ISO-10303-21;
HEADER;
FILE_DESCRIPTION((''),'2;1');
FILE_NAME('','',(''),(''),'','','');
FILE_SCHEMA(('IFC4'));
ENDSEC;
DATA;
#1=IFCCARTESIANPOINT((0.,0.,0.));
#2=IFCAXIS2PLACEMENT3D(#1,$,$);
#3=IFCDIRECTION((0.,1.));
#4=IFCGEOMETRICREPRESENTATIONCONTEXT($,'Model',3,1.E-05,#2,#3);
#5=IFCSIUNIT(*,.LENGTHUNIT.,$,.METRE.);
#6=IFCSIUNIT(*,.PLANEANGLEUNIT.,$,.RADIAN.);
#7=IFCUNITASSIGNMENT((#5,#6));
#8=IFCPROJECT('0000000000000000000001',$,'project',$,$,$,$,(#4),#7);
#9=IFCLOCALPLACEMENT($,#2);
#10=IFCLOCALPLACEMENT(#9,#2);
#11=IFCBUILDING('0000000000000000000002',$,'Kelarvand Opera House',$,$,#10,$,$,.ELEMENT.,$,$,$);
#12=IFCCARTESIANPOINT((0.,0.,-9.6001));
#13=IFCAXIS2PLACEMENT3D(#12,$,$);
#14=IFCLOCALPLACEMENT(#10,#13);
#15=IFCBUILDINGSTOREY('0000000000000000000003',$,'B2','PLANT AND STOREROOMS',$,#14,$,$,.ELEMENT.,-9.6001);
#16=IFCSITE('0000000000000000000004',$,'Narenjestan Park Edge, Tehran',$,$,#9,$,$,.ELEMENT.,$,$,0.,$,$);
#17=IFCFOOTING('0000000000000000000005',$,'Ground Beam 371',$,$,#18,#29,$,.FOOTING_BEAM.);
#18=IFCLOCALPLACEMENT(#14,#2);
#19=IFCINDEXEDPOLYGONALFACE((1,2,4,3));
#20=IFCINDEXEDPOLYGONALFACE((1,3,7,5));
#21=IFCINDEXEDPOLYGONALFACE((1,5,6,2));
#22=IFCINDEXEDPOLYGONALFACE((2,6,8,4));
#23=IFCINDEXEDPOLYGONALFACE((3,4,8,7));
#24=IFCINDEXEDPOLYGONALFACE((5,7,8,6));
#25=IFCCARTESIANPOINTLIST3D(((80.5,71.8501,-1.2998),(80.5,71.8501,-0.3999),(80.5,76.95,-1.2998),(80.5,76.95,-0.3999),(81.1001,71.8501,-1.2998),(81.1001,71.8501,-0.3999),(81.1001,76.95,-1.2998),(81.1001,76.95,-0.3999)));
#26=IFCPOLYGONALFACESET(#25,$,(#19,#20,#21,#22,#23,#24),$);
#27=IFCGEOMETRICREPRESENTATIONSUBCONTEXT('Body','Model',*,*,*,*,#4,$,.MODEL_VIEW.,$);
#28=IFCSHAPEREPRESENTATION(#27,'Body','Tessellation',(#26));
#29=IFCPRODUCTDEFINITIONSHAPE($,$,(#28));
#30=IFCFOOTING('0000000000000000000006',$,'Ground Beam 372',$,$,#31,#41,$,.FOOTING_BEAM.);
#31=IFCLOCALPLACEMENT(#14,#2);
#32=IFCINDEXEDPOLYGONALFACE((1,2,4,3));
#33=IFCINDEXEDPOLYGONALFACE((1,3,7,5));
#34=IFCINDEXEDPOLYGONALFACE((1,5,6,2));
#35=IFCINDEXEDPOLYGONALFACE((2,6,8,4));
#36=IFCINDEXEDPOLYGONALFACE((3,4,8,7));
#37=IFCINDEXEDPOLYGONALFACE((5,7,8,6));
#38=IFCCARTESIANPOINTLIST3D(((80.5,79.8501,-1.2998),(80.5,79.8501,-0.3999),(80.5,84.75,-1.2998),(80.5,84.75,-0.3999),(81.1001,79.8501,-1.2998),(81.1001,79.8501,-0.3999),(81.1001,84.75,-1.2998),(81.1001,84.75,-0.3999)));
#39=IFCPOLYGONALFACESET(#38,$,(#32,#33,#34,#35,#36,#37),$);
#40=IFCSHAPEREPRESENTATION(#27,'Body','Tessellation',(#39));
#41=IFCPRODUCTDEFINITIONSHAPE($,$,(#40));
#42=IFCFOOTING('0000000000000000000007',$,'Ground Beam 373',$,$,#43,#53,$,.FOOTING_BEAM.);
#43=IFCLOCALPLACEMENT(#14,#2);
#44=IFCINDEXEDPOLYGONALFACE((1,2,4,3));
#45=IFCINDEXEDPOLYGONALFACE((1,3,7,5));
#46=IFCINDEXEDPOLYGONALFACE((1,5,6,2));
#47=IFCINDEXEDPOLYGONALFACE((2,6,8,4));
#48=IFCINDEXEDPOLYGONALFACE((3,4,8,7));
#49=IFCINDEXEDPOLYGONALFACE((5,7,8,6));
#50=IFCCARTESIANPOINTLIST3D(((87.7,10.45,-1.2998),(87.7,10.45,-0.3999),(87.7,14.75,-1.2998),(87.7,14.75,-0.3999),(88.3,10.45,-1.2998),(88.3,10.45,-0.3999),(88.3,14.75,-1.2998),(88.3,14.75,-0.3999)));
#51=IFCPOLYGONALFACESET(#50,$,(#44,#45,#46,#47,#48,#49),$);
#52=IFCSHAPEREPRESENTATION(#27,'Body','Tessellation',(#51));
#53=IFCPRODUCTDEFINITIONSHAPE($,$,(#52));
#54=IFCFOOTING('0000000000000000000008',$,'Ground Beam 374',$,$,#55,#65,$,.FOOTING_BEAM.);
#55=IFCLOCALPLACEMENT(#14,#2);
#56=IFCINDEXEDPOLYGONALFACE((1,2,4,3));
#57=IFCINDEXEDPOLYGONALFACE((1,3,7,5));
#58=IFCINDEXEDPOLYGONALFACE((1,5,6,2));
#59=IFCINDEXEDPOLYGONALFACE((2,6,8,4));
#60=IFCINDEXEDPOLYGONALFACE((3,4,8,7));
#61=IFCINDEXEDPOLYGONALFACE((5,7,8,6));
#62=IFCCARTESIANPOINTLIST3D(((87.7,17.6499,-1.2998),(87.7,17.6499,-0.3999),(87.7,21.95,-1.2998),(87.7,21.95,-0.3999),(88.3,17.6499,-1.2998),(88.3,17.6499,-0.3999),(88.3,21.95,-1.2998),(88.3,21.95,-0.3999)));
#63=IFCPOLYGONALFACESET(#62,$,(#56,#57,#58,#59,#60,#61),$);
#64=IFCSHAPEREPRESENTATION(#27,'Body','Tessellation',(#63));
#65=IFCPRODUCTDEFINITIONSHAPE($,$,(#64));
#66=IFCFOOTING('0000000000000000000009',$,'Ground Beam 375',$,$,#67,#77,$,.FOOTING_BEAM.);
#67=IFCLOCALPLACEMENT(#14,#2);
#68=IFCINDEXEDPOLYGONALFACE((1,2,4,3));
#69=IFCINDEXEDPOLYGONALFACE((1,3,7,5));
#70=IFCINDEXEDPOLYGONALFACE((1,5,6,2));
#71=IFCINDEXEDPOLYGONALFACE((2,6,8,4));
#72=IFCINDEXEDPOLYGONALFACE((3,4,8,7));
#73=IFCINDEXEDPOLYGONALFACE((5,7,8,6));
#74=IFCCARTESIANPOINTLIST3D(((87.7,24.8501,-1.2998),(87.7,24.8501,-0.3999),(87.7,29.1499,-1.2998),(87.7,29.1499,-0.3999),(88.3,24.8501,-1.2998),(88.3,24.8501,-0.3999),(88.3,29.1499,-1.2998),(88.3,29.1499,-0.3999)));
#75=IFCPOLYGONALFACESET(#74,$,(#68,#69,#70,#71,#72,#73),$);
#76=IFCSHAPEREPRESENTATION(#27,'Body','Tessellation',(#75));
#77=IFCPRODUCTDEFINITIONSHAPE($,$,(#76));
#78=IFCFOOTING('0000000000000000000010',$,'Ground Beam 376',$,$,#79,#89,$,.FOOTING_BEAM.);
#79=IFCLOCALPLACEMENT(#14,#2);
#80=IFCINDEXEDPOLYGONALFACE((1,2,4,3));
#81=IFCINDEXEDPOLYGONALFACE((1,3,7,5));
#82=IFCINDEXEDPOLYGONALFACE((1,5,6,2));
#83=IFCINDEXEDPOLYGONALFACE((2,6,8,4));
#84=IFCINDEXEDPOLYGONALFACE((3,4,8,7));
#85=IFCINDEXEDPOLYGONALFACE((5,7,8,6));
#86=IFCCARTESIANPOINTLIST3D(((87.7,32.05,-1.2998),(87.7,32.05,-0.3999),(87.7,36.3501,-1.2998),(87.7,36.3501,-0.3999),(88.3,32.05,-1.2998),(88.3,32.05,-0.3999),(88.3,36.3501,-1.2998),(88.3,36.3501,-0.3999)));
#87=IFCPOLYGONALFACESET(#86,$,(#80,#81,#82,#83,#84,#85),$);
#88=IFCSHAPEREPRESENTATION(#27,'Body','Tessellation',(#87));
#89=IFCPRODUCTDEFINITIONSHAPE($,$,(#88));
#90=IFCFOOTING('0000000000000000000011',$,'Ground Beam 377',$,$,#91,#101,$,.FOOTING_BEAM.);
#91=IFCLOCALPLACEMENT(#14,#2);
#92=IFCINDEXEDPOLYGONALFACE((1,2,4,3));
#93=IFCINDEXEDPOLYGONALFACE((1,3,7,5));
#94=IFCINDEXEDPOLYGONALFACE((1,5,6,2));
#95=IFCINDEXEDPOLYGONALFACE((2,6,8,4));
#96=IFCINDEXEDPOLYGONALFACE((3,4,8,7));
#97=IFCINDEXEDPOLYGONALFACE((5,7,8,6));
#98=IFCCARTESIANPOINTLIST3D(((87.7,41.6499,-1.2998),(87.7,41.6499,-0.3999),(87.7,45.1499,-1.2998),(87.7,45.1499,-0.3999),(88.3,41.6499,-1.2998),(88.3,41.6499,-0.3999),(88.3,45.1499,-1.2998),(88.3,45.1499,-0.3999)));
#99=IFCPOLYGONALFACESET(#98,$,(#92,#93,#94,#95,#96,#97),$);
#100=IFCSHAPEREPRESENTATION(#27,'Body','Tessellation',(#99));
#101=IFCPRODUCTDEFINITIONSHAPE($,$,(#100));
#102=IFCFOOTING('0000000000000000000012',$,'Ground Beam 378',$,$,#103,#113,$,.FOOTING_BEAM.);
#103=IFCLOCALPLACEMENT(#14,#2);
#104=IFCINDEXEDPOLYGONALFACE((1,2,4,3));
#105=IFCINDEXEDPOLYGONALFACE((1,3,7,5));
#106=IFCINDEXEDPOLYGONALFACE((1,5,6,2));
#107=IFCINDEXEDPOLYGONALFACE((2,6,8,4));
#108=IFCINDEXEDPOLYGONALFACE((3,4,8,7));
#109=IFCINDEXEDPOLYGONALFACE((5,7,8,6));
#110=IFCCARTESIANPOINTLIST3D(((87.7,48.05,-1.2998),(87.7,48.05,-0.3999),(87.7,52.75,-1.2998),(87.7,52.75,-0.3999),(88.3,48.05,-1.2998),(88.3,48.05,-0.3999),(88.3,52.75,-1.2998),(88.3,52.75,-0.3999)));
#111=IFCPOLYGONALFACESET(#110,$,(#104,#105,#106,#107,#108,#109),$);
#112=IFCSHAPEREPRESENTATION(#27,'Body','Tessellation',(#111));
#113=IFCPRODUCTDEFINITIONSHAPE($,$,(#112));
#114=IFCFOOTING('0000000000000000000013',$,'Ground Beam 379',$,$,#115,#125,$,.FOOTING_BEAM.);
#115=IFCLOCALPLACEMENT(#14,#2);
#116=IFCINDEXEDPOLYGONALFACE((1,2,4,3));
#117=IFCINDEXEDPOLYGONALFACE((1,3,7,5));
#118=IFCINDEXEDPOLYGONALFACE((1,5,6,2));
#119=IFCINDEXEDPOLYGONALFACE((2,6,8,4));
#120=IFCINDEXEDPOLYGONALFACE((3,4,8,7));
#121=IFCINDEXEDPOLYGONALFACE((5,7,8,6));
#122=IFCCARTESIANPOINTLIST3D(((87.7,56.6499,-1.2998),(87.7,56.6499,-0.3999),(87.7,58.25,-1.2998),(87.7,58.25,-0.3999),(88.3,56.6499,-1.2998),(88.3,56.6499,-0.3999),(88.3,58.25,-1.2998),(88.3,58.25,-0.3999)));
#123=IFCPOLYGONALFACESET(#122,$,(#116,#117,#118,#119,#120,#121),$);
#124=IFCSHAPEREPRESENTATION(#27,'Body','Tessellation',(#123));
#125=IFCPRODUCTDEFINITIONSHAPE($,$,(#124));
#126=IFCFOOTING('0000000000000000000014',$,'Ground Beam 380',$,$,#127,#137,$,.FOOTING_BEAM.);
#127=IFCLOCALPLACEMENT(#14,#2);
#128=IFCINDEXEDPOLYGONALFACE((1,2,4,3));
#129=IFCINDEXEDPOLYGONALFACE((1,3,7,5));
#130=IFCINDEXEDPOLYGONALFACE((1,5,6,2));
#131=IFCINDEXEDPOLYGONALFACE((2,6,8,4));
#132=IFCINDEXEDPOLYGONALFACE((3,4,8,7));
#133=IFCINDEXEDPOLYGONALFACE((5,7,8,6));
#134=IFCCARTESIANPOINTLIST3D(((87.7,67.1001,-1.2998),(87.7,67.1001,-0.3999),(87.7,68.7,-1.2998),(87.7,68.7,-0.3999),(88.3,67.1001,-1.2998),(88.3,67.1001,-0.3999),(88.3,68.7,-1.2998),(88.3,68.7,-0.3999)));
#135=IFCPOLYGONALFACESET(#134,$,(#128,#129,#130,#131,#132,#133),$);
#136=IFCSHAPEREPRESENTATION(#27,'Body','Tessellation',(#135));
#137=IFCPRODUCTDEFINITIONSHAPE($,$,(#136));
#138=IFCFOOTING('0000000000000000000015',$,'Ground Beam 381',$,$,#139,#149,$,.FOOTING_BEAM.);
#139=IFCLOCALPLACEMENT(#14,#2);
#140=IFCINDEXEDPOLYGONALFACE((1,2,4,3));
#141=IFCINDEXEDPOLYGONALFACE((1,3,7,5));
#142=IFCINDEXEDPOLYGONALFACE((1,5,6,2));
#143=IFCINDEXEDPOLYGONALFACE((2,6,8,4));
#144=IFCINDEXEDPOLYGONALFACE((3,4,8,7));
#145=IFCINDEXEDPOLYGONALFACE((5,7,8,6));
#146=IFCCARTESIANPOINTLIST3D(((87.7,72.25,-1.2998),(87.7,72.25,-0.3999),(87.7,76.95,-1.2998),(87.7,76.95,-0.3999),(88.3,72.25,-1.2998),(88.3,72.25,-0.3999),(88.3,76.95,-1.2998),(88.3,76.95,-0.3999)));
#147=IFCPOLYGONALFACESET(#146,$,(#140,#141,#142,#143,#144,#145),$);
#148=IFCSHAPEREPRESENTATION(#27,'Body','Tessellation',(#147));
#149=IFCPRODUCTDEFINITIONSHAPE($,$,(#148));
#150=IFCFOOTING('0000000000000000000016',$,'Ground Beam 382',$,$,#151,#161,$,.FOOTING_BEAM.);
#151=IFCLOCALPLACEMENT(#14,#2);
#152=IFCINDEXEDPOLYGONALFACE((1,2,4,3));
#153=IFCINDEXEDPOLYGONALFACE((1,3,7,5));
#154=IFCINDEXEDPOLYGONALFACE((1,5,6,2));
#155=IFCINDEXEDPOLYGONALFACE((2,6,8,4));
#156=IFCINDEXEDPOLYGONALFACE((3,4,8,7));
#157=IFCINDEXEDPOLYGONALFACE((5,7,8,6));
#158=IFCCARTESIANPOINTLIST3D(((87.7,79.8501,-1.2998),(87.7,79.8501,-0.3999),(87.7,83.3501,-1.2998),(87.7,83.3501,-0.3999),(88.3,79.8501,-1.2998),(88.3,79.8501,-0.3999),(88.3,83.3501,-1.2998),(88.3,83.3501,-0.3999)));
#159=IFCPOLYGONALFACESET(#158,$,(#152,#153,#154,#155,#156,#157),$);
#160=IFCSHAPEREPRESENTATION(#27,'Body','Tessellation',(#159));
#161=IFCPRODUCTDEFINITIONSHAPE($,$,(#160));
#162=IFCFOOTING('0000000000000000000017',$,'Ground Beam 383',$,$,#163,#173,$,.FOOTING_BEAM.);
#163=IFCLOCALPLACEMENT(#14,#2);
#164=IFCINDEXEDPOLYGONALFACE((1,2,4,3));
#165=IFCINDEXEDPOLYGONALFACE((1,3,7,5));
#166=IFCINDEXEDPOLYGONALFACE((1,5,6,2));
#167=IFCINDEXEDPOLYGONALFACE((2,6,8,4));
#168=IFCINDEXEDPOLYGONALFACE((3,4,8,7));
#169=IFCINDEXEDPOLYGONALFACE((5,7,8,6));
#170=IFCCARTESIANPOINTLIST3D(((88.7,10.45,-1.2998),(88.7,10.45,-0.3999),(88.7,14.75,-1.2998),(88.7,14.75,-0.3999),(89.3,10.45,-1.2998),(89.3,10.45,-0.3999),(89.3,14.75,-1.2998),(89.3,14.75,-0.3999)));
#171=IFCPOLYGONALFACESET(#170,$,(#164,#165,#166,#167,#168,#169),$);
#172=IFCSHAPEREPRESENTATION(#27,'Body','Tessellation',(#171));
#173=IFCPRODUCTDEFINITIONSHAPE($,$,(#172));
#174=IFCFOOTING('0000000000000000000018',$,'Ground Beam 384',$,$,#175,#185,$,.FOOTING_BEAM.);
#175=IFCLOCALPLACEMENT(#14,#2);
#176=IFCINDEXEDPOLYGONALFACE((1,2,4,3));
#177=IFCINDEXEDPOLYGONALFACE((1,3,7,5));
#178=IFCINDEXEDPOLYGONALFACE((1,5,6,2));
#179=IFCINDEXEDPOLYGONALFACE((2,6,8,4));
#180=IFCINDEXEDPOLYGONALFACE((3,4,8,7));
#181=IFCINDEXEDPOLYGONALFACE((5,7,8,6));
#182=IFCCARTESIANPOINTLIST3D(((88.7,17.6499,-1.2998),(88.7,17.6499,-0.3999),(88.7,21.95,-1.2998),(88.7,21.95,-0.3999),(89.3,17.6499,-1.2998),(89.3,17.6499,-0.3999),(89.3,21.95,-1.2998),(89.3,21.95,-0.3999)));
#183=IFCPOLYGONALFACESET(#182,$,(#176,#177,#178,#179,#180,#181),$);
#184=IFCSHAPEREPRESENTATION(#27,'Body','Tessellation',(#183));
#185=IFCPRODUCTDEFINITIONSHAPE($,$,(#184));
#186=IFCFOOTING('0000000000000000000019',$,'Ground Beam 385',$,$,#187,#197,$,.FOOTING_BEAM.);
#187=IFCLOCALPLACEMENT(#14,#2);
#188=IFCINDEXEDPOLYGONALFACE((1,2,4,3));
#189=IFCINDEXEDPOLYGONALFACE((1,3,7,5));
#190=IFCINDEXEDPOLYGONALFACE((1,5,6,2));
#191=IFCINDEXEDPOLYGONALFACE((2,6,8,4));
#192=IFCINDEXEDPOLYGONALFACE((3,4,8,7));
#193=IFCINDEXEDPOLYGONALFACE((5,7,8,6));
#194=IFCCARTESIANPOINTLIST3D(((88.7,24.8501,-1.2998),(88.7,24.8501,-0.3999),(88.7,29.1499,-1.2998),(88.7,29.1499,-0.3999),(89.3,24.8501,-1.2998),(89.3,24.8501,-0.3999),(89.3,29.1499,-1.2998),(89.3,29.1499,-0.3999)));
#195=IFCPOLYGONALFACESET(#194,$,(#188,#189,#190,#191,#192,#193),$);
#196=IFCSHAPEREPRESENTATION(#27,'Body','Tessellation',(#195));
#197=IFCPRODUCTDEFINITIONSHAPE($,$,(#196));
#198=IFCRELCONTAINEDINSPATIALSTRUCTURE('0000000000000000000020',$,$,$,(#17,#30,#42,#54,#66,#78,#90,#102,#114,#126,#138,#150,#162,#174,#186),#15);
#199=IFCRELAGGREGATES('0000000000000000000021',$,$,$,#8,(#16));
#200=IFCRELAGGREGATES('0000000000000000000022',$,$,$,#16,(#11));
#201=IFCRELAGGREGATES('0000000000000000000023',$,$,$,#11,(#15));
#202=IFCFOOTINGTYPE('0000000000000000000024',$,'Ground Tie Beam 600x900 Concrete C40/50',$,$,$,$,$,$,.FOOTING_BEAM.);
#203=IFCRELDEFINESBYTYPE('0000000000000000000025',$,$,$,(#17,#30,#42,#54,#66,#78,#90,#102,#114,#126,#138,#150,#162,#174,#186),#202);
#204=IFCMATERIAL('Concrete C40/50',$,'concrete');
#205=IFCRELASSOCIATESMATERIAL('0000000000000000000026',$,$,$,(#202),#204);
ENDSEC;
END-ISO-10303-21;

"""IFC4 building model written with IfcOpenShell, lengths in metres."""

from ifc_helpers import new_model, si_unit, direction, frame, origin, place, context, subcontext, project, spatial, polyline, outline, extrude, material, type_object, element, save


model = new_model("IFC4")

# Units and contexts
model_context = context("Model", 3, precision=1e-05, world=origin(), true_north=direction((0.0, 1.0)))
body_context = subcontext(model_context, "Body", "Model", "MODEL_VIEW")
ifc_project = project(units=[si_unit("LENGTHUNIT", "METRE"), si_unit("PLANEANGLEUNIT", "RADIAN")], contexts=[model_context])

# Site, building, storey
site_placement = place(None, origin())
site = spatial("IfcSite", under=ifc_project, at=site_placement, Name="Narenjestan Park Edge, Tehran", CompositionType="ELEMENT", RefElevation=0.0)
building_placement = place(site_placement, origin())
building = spatial("IfcBuilding", under=site, at=building_placement, Name="Kelarvand Opera House", CompositionType="ELEMENT")
storey_placement = place(building_placement, frame((0.0, 0.0, -9.6001)))
storey = spatial("IfcBuildingStorey", under=building, at=storey_placement, Name="B2", Description="PLANT AND STOREROOMS", CompositionType="ELEMENT", Elevation=-9.6001)

# Footings
ifc_material = material(Name="Concrete C40/50", Category="concrete")
footing_type = type_object("IfcFootingType", Name="Ground Tie Beam 600x900 Concrete C40/50", PredefinedType="FOOTING_BEAM", material=ifc_material)
footing_1_placement = place(storey_placement, frame((0.0, 0.0, -1.2998)))
element("IfcFooting", 1, at=footing_1_placement, inside=storey, type_object=footing_type, Name="Ground Beam 371", PredefinedType="FOOTING_BEAM", context=body_context, shape_type="SweptSolid", body=[
    extrude(outline(polyline([(80.5, 71.8501), (81.1001, 71.8501), (81.1001, 76.95), (80.5, 76.95), (80.5, 71.8501)])), origin(), (0.0, 0.0, 1.0), 0.8999),
])
footing_2_placement = place(storey_placement, frame((0.0, 0.0, -1.2998)))
element("IfcFooting", 2, at=footing_2_placement, inside=storey, type_object=footing_type, Name="Ground Beam 372", PredefinedType="FOOTING_BEAM", context=body_context, shape_type="SweptSolid", body=[
    extrude(outline(polyline([(80.5, 79.8501), (81.1001, 79.8501), (81.1001, 84.75), (80.5, 84.75), (80.5, 79.8501)])), origin(), (0.0, 0.0, 1.0), 0.8999),
])
footing_3_placement = place(storey_placement, frame((0.0, 0.0, -1.2998)))
element("IfcFooting", 3, at=footing_3_placement, inside=storey, type_object=footing_type, Name="Ground Beam 373", PredefinedType="FOOTING_BEAM", context=body_context, shape_type="SweptSolid", body=[
    extrude(outline(polyline([(87.7, 10.45), (88.3, 10.45), (88.3, 14.75), (87.7, 14.75), (87.7, 10.45)])), origin(), (0.0, 0.0, 1.0), 0.8999),
])
footing_4_placement = place(storey_placement, frame((0.0, 0.0, -1.2998)))
element("IfcFooting", 4, at=footing_4_placement, inside=storey, type_object=footing_type, Name="Ground Beam 374", PredefinedType="FOOTING_BEAM", context=body_context, shape_type="SweptSolid", body=[
    extrude(outline(polyline([(87.7, 17.6499), (88.3, 17.6499), (88.3, 21.95), (87.7, 21.95), (87.7, 17.6499)])), origin(), (0.0, 0.0, 1.0), 0.8999),
])
footing_5_placement = place(storey_placement, frame((0.0, 0.0, -1.2998)))
element("IfcFooting", 5, at=footing_5_placement, inside=storey, type_object=footing_type, Name="Ground Beam 375", PredefinedType="FOOTING_BEAM", context=body_context, shape_type="SweptSolid", body=[
    extrude(outline(polyline([(87.7, 24.8501), (88.3, 24.8501), (88.3, 29.1499), (87.7, 29.1499), (87.7, 24.8501)])), origin(), (0.0, 0.0, 1.0), 0.8999),
])
footing_6_placement = place(storey_placement, frame((0.0, 0.0, -1.2998)))
element("IfcFooting", 6, at=footing_6_placement, inside=storey, type_object=footing_type, Name="Ground Beam 376", PredefinedType="FOOTING_BEAM", context=body_context, shape_type="SweptSolid", body=[
    extrude(outline(polyline([(87.7, 32.05), (88.3, 32.05), (88.3, 36.3501), (87.7, 36.3501), (87.7, 32.05)])), origin(), (0.0, 0.0, 1.0), 0.8999),
])
footing_7_placement = place(storey_placement, frame((0.0, 0.0, -1.2998)))
element("IfcFooting", 7, at=footing_7_placement, inside=storey, type_object=footing_type, Name="Ground Beam 377", PredefinedType="FOOTING_BEAM", context=body_context, shape_type="SweptSolid", body=[
    extrude(outline(polyline([(87.7, 41.6499), (88.3, 41.6499), (88.3, 45.1499), (87.7, 45.1499), (87.7, 41.6499)])), origin(), (0.0, 0.0, 1.0), 0.8999),
])
footing_8_placement = place(storey_placement, frame((0.0, 0.0, -1.2998)))
element("IfcFooting", 8, at=footing_8_placement, inside=storey, type_object=footing_type, Name="Ground Beam 378", PredefinedType="FOOTING_BEAM", context=body_context, shape_type="SweptSolid", body=[
    extrude(outline(polyline([(87.7, 48.05), (88.3, 48.05), (88.3, 52.75), (87.7, 52.75), (87.7, 48.05)])), origin(), (0.0, 0.0, 1.0), 0.8999),
])
footing_9_placement = place(storey_placement, frame((0.0, 0.0, -1.2998)))
element("IfcFooting", 9, at=footing_9_placement, inside=storey, type_object=footing_type, Name="Ground Beam 379", PredefinedType="FOOTING_BEAM", context=body_context, shape_type="SweptSolid", body=[
    extrude(outline(polyline([(87.7, 56.6499), (88.3, 56.6499), (88.3, 58.25), (87.7, 58.25), (87.7, 56.6499)])), origin(), (0.0, 0.0, 1.0), 0.8999),
])
footing_10_placement = place(storey_placement, frame((0.0, 0.0, -1.2998)))
element("IfcFooting", 10, at=footing_10_placement, inside=storey, type_object=footing_type, Name="Ground Beam 380", PredefinedType="FOOTING_BEAM", context=body_context, shape_type="SweptSolid", body=[
    extrude(outline(polyline([(87.7, 67.1001), (88.3, 67.1001), (88.3, 68.7), (87.7, 68.7), (87.7, 67.1001)])), origin(), (0.0, 0.0, 1.0), 0.8999),
])
footing_11_placement = place(storey_placement, frame((0.0, 0.0, -1.2998)))
element("IfcFooting", 11, at=footing_11_placement, inside=storey, type_object=footing_type, Name="Ground Beam 381", PredefinedType="FOOTING_BEAM", context=body_context, shape_type="SweptSolid", body=[
    extrude(outline(polyline([(87.7, 72.25), (88.3, 72.25), (88.3, 76.95), (87.7, 76.95), (87.7, 72.25)])), origin(), (0.0, 0.0, 1.0), 0.8999),
])
footing_12_placement = place(storey_placement, frame((0.0, 0.0, -1.2998)))
element("IfcFooting", 12, at=footing_12_placement, inside=storey, type_object=footing_type, Name="Ground Beam 382", PredefinedType="FOOTING_BEAM", context=body_context, shape_type="SweptSolid", body=[
    extrude(outline(polyline([(87.7, 79.8501), (88.3, 79.8501), (88.3, 83.3501), (87.7, 83.3501), (87.7, 79.8501)])), origin(), (0.0, 0.0, 1.0), 0.8999),
])
footing_13_placement = place(storey_placement, frame((0.0, 0.0, -1.2998)))
element("IfcFooting", 13, at=footing_13_placement, inside=storey, type_object=footing_type, Name="Ground Beam 383", PredefinedType="FOOTING_BEAM", context=body_context, shape_type="SweptSolid", body=[
    extrude(outline(polyline([(88.7, 10.45), (89.3, 10.45), (89.3, 14.75), (88.7, 14.75), (88.7, 10.45)])), origin(), (0.0, 0.0, 1.0), 0.8999),
])
footing_14_placement = place(storey_placement, frame((0.0, 0.0, -1.2998)))
element("IfcFooting", 14, at=footing_14_placement, inside=storey, type_object=footing_type, Name="Ground Beam 384", PredefinedType="FOOTING_BEAM", context=body_context, shape_type="SweptSolid", body=[
    extrude(outline(polyline([(88.7, 17.6499), (89.3, 17.6499), (89.3, 21.95), (88.7, 21.95), (88.7, 17.6499)])), origin(), (0.0, 0.0, 1.0), 0.8999),
])
footing_15_placement = place(storey_placement, frame((0.0, 0.0, -1.2998)))
element("IfcFooting", 15, at=footing_15_placement, inside=storey, type_object=footing_type, Name="Ground Beam 385", PredefinedType="FOOTING_BEAM", context=body_context, shape_type="SweptSolid", body=[
    extrude(outline(polyline([(88.7, 24.8501), (89.3, 24.8501), (89.3, 29.1499), (88.7, 29.1499), (88.7, 24.8501)])), origin(), (0.0, 0.0, 1.0), 0.8999),
])

save(model, "model.ifc")
